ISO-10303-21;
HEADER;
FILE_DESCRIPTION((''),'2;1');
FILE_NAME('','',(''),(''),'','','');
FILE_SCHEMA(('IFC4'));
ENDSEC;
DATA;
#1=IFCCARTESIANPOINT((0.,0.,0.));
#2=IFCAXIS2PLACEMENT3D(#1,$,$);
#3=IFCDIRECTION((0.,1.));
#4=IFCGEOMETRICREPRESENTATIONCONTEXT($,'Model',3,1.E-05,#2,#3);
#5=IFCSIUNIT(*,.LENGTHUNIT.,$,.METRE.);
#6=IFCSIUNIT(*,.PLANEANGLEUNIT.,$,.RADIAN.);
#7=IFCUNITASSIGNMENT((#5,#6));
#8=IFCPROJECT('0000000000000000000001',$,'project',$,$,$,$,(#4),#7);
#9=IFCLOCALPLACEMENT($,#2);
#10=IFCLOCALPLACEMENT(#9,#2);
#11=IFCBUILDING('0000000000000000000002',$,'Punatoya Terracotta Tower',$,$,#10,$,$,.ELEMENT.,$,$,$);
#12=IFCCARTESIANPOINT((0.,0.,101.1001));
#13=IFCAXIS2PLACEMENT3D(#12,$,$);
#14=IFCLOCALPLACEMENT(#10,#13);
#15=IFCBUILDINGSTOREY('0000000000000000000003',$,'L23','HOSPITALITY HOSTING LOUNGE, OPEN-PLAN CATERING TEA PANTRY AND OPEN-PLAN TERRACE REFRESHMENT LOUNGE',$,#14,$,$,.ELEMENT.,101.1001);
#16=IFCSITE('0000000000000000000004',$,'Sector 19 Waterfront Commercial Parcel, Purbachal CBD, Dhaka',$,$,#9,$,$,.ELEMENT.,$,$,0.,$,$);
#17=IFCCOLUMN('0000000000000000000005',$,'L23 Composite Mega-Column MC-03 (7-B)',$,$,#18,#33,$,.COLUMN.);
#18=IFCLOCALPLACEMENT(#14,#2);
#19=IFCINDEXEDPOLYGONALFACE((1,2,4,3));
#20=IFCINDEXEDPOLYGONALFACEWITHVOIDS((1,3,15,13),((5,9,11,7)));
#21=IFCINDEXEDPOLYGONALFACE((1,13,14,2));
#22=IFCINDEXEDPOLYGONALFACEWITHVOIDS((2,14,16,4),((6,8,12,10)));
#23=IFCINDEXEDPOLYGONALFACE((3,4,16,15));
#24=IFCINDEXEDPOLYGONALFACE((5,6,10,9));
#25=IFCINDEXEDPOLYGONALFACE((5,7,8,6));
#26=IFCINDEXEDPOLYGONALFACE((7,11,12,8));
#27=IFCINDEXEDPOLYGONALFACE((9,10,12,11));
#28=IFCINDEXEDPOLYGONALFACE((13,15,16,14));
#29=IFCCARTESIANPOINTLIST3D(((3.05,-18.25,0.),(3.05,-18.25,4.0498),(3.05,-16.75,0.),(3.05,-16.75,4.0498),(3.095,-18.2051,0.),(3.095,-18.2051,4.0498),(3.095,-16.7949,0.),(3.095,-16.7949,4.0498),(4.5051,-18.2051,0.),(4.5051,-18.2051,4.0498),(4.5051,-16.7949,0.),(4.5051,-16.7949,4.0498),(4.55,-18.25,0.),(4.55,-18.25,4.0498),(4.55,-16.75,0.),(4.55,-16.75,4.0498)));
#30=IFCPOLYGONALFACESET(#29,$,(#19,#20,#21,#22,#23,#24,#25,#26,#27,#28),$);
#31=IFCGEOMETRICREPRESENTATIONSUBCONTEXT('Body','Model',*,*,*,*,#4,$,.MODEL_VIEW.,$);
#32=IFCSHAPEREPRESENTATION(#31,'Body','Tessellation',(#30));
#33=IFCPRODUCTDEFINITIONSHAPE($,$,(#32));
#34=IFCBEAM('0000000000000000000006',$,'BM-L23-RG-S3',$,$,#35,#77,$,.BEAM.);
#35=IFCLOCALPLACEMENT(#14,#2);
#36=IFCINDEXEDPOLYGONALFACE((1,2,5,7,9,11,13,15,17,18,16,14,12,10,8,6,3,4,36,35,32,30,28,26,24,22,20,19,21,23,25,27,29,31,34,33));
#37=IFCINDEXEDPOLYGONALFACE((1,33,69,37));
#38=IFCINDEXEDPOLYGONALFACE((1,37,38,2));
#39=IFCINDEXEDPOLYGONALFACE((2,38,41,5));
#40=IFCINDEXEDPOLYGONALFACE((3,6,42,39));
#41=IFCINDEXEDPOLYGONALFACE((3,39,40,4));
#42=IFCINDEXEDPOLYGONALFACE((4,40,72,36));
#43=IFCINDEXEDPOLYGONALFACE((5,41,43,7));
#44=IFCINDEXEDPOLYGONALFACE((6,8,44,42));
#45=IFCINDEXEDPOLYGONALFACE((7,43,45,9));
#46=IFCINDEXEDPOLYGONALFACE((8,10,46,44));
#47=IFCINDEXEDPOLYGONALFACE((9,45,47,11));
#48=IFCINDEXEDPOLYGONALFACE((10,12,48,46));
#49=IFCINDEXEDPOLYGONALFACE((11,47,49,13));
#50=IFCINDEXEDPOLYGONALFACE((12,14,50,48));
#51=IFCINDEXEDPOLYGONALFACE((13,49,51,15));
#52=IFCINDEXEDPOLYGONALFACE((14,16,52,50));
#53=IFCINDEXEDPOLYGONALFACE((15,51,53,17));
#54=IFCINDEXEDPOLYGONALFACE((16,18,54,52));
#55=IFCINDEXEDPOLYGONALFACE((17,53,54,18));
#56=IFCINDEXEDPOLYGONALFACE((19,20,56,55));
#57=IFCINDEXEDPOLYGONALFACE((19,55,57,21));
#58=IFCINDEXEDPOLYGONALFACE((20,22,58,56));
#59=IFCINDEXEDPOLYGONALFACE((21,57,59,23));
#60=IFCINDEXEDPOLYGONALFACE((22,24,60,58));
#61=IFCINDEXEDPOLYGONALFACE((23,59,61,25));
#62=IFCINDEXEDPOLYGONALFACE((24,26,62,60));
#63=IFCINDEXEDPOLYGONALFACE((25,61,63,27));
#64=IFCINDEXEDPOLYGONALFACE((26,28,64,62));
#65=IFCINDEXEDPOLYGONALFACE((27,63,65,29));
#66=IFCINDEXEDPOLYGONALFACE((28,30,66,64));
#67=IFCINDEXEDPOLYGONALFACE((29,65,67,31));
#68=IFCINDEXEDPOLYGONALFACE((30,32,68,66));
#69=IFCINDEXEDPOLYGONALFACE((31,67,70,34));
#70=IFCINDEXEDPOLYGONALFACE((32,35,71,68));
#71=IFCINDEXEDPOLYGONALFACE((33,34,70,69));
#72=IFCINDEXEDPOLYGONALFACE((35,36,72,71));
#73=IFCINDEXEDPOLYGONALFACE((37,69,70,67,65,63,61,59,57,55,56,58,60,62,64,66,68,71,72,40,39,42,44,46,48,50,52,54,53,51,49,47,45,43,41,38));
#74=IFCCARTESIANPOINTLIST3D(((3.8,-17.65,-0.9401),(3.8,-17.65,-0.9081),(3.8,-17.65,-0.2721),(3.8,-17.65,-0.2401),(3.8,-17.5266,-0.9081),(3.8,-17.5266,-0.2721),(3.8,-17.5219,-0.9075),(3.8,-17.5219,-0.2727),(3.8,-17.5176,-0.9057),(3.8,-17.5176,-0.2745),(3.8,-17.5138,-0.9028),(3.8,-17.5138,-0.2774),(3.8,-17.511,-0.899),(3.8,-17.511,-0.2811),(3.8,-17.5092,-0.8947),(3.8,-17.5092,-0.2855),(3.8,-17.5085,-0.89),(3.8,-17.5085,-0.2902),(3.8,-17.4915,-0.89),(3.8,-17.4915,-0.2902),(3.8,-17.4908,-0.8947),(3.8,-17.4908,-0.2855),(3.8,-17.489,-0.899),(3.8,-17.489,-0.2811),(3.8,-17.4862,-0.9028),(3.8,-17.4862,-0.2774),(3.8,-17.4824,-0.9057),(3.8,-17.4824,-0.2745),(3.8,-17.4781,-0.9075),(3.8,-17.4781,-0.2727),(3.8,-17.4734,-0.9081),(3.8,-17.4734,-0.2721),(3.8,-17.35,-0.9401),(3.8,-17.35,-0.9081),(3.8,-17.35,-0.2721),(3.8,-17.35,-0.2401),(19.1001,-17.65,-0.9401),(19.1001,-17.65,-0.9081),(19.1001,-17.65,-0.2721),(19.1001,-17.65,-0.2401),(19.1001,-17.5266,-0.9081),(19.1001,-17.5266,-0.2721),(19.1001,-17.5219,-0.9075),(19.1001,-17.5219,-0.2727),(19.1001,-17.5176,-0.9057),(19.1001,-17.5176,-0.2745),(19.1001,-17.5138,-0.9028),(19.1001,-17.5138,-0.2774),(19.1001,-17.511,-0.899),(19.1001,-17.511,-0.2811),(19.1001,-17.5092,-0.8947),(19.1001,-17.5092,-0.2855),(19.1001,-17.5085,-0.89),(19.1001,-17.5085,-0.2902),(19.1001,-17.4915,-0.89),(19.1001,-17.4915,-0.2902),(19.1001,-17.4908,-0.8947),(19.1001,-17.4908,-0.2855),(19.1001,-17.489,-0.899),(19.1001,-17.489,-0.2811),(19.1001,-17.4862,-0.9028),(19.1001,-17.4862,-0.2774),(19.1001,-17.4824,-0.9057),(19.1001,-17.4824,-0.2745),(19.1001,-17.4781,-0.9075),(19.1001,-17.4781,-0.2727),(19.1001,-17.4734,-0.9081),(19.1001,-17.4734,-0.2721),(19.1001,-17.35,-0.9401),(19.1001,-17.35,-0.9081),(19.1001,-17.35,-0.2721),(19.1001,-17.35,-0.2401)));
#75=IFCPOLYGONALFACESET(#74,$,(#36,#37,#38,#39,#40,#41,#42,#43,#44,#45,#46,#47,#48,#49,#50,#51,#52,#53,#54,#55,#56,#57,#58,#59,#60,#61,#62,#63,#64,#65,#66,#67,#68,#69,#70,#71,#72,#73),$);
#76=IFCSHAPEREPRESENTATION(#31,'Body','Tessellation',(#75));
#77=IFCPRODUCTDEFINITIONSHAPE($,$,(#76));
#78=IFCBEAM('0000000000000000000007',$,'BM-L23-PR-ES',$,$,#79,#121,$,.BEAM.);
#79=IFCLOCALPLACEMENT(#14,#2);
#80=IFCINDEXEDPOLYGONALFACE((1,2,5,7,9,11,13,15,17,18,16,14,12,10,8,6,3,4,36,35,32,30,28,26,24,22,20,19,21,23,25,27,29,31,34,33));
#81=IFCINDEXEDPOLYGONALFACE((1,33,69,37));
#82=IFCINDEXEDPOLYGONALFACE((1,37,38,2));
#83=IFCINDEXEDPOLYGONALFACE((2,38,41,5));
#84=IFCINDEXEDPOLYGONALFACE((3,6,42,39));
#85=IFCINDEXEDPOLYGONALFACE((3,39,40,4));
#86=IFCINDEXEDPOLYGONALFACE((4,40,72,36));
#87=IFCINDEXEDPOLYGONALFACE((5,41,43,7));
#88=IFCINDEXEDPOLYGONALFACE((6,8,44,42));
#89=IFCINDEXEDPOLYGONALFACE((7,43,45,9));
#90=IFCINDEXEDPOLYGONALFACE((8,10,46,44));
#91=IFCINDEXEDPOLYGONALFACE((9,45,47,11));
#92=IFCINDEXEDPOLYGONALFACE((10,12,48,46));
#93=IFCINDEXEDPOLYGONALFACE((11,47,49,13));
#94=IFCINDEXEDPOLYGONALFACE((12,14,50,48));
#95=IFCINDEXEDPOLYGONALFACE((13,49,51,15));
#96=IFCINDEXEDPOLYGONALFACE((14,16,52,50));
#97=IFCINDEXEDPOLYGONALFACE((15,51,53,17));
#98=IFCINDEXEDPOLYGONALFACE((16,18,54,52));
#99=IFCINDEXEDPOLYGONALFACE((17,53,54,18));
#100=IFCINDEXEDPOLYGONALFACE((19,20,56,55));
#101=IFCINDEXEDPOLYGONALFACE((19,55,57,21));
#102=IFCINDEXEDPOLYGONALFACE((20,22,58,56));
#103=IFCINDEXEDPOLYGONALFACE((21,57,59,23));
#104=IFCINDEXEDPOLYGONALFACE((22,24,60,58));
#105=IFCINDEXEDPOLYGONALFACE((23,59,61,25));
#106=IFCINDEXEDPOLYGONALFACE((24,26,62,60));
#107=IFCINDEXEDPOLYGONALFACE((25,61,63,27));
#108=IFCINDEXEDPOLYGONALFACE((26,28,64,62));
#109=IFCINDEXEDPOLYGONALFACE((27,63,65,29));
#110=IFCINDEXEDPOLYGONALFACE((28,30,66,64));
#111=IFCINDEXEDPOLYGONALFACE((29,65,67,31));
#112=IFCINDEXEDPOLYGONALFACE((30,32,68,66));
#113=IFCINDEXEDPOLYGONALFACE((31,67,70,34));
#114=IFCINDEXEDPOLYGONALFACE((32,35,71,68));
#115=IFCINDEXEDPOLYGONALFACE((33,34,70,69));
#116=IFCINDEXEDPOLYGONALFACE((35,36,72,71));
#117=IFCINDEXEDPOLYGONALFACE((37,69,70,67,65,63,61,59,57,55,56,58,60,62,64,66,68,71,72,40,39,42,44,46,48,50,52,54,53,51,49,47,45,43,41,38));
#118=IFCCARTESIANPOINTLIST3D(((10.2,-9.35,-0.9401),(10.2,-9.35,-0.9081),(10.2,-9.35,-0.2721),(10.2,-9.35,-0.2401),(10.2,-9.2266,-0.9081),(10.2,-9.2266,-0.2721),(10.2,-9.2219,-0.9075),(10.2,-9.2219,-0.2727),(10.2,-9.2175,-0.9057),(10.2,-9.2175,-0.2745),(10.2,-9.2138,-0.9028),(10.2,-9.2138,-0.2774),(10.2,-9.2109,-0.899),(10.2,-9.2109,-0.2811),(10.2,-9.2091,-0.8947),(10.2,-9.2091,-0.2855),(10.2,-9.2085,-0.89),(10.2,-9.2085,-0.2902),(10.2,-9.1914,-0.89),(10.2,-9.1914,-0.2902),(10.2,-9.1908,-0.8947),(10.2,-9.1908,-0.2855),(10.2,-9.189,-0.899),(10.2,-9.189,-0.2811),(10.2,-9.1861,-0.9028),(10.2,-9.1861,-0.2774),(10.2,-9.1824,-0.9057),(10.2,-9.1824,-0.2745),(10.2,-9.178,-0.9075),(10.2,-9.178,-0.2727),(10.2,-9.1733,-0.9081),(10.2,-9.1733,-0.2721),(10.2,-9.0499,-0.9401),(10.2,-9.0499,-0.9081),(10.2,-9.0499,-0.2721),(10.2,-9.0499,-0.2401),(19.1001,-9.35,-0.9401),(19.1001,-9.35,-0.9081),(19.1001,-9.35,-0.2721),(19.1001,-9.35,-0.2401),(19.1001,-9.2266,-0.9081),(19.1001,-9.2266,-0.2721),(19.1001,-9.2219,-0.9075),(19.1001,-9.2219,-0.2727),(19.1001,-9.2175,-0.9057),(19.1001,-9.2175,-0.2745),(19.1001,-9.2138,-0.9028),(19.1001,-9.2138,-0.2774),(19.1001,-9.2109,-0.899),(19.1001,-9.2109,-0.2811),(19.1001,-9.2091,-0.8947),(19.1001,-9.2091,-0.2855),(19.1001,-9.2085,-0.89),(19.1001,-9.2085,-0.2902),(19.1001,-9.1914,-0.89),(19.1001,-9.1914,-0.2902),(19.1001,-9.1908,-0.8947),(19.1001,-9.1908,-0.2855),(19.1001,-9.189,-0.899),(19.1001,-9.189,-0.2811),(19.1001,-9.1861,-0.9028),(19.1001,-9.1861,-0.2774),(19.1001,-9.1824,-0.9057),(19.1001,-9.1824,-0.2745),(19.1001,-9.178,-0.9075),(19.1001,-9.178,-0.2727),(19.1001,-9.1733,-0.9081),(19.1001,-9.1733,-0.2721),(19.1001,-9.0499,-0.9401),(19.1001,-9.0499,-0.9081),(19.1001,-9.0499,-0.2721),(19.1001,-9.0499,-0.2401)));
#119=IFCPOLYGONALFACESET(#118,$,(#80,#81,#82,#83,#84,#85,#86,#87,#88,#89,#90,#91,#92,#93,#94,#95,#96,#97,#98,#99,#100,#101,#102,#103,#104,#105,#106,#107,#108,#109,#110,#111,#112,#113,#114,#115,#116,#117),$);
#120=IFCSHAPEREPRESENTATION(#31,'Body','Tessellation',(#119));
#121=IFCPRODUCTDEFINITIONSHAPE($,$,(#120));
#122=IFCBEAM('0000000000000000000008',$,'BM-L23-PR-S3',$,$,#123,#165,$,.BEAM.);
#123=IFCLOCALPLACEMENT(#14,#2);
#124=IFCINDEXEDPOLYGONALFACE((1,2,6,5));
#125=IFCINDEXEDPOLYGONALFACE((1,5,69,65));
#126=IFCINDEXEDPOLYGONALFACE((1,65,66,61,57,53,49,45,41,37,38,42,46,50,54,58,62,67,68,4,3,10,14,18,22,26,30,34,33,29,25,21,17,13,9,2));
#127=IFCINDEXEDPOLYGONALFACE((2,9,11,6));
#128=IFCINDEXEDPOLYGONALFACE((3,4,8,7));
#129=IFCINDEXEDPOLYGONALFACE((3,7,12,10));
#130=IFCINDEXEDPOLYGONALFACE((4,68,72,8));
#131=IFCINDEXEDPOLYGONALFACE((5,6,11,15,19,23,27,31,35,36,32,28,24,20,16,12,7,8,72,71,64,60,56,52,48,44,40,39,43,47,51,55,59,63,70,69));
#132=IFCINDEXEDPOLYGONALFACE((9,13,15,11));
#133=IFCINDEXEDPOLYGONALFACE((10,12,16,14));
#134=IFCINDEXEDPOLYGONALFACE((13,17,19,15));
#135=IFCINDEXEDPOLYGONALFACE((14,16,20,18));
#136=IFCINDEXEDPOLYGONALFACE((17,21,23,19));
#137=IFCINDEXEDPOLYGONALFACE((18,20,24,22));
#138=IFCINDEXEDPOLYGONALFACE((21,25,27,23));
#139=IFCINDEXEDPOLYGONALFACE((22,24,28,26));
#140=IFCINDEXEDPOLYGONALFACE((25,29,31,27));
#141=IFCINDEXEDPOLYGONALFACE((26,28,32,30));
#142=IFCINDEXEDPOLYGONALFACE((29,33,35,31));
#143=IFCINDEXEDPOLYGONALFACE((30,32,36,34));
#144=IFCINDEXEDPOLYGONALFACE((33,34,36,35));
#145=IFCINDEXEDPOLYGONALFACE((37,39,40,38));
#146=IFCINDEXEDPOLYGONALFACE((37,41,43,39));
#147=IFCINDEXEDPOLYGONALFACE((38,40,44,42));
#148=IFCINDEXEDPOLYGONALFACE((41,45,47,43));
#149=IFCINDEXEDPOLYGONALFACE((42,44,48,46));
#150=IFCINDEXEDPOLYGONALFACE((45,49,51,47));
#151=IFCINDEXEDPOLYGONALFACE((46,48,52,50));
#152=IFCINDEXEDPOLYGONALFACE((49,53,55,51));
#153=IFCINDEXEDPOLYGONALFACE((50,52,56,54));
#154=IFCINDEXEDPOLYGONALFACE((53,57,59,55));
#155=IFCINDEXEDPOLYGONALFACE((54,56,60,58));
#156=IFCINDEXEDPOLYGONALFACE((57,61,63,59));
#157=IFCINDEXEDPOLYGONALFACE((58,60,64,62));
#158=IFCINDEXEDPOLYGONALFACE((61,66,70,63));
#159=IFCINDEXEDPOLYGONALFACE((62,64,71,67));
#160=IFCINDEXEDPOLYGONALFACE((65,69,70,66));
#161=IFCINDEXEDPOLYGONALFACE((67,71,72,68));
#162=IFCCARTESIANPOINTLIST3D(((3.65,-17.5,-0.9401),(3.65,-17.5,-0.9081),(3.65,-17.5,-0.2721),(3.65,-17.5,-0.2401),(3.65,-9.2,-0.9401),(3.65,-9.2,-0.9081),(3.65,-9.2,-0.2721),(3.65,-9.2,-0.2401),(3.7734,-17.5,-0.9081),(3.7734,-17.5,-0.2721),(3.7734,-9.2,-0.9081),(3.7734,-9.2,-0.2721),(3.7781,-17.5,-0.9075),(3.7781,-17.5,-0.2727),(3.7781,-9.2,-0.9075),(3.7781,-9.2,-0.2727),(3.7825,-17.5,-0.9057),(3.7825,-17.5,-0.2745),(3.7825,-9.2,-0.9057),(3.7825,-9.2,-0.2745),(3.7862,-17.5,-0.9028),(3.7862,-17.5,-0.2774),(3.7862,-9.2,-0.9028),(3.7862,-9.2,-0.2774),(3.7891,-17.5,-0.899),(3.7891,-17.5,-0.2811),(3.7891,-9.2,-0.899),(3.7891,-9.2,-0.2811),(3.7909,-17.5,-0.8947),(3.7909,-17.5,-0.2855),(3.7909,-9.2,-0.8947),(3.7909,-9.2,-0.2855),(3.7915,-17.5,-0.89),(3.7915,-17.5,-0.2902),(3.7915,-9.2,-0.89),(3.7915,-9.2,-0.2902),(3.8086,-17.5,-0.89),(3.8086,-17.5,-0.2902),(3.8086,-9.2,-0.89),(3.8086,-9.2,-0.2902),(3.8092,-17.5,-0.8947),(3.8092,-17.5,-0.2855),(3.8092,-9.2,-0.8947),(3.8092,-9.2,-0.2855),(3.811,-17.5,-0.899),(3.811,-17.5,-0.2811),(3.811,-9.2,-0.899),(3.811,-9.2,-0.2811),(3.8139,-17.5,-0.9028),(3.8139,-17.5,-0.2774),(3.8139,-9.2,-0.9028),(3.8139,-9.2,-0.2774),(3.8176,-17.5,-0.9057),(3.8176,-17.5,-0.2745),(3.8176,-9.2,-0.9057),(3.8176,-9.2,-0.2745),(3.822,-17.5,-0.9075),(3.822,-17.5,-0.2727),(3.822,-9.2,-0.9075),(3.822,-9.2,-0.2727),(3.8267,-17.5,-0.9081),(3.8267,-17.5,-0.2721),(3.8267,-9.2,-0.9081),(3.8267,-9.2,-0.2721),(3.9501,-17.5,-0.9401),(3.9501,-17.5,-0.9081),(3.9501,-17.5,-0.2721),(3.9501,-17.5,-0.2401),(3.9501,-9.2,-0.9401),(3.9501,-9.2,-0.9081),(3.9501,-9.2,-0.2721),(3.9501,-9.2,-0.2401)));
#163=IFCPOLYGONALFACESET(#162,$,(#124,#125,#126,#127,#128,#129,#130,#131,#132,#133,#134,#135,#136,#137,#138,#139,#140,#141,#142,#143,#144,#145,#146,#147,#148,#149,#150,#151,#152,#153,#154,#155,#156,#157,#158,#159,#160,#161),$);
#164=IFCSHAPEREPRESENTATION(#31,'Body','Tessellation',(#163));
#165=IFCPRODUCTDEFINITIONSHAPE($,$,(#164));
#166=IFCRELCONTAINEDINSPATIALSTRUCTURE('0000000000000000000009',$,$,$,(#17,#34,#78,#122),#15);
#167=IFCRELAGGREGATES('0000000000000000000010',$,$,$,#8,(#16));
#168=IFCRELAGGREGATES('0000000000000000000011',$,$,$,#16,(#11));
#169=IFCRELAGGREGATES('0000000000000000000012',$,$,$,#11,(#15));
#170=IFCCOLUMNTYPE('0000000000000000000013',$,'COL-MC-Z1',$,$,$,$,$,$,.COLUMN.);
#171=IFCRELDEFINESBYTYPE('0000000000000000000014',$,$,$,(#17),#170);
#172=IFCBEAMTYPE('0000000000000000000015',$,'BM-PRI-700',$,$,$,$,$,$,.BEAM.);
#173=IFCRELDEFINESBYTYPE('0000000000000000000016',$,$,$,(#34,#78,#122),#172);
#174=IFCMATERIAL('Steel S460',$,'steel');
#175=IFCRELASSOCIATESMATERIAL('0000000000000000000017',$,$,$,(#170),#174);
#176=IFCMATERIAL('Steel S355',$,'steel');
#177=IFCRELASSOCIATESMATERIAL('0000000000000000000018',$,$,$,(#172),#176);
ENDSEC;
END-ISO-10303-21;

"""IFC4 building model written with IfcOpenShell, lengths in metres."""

from ifc_helpers import new_model, si_unit, direction, frame, origin, origin_2d, place, context, subcontext, project, spatial, hollow_rectangle, i_section, extrude, material, material_profile, profile_set, type_object, element, save


model = new_model("IFC4")

# Units and contexts
model_context = context("Model", 3, precision=1e-05, world=origin(), true_north=direction((0.0, 1.0)))
body_context = subcontext(model_context, "Body", "Model", "MODEL_VIEW")
ifc_project = project(units=[si_unit("LENGTHUNIT", "METRE"), si_unit("PLANEANGLEUNIT", "RADIAN")], contexts=[model_context])

# Site, building, storey
site_placement = place(None, origin())
site = spatial("IfcSite", under=ifc_project, at=site_placement, Name="Sector 19 Waterfront Commercial Parcel, Purbachal CBD, Dhaka", CompositionType="ELEMENT", RefElevation=0.0)
building_placement = place(site_placement, origin())
building = spatial("IfcBuilding", under=site, at=building_placement, Name="Punatoya Terracotta Tower", CompositionType="ELEMENT")
storey_placement = place(building_placement, frame((0.0, 0.0, 101.1001)))
storey = spatial("IfcBuildingStorey", under=building, at=storey_placement, Name="L23", Description="HOSPITALITY HOSTING LOUNGE, OPEN-PLAN CATERING TEA PANTRY AND OPEN-PLAN TERRACE REFRESHMENT LOUNGE", CompositionType="ELEMENT", Elevation=101.1001)

# Column
ifc_material_1 = material(Name="Steel S460", Category="steel")
ifc_material_profile_1 = material_profile(ifc_material_1, hollow_rectangle(XDim=1.5, YDim=1.5, WallThickness=0.0449, at=origin_2d()))
ifc_profile_set_1 = profile_set([ifc_material_profile_1], Name="Steel S460")
column_type = type_object("IfcColumnType", Name="COL-MC-Z1", PredefinedType="COLUMN", material=ifc_profile_set_1)
column_placement = place(storey_placement, frame((3.8, -17.5, 0.0), z_axis=(0.0, 0.0, 1.0), x_axis=(1.0, 0.0, 0.0)))
element("IfcColumn", 1, at=column_placement, inside=storey, type_object=column_type, Name="L23 Composite Mega-Column MC-03 (7-B)", PredefinedType="COLUMN", context=body_context, shape_type="SweptSolid", body=[
    extrude(hollow_rectangle(XDim=1.5, YDim=1.5, WallThickness=0.0449, at=origin_2d()), origin(), (0.0, 0.0, 1.0), 4.0498),
])

# Beams
ifc_material_2 = material(Name="Steel S355", Category="steel")
ifc_material_profile_2 = material_profile(ifc_material_2, i_section(OverallWidth=0.3, OverallDepth=0.7, WebThickness=0.0171, FlangeThickness=0.032, FilletRadius=0.0181, at=origin_2d()))
ifc_profile_set_2 = profile_set([ifc_material_profile_2], Name="Steel S355")
beam_type_1 = type_object("IfcBeamType", Name="BM-PRI-700", PredefinedType="BEAM", material=ifc_profile_set_2)
beam_1_placement = place(storey_placement, frame((3.8, -17.5, -0.5901), z_axis=(1.0, 0.0, 0.0), x_axis=(0.0, 1.0, 0.0)))
element("IfcBeam", 2, at=beam_1_placement, inside=storey, type_object=beam_type_1, Name="BM-L23-RG-S3", PredefinedType="BEAM", context=body_context, shape_type="SweptSolid", body=[
    extrude(i_section(OverallWidth=0.3, OverallDepth=0.7, WebThickness=0.0171, FlangeThickness=0.032, FilletRadius=0.0181, at=origin_2d()), origin(), (0.0, 0.0, 1.0), 15.3),
])
beam_2_placement = place(storey_placement, frame((10.2, -9.2, -0.5901), z_axis=(1.0, 0.0, 0.0), x_axis=(0.0, 1.0, 0.0)))
element("IfcBeam", 3, at=beam_2_placement, inside=storey, type_object=beam_type_1, Name="BM-L23-PR-ES", PredefinedType="BEAM", context=body_context, shape_type="SweptSolid", body=[
    extrude(i_section(OverallWidth=0.3, OverallDepth=0.7, WebThickness=0.0171, FlangeThickness=0.032, FilletRadius=0.0181, at=origin_2d()), origin(), (0.0, 0.0, 1.0), 8.9001),
])
for number, where, z_axis, x_axis, name in (
    (4, (3.8, -17.5, -0.5901), (0.0, 1.0, 0.0), (-1.0, 0.0, 0.0), "BM-L23-PR-S3"),
):
    element("IfcBeam", number, at=place(storey_placement, frame(where, z_axis=z_axis, x_axis=x_axis)), inside=storey, type_object=beam_type_1, Name=name, PredefinedType="BEAM", context=body_context, shape_type="SweptSolid", body=[
        extrude(i_section(OverallWidth=0.3, OverallDepth=0.7, WebThickness=0.0171, FlangeThickness=0.032, FilletRadius=0.0181, at=origin_2d()), origin(), (0.0, 0.0, 1.0), 8.3),
    ])

save(model, "model.ifc")
